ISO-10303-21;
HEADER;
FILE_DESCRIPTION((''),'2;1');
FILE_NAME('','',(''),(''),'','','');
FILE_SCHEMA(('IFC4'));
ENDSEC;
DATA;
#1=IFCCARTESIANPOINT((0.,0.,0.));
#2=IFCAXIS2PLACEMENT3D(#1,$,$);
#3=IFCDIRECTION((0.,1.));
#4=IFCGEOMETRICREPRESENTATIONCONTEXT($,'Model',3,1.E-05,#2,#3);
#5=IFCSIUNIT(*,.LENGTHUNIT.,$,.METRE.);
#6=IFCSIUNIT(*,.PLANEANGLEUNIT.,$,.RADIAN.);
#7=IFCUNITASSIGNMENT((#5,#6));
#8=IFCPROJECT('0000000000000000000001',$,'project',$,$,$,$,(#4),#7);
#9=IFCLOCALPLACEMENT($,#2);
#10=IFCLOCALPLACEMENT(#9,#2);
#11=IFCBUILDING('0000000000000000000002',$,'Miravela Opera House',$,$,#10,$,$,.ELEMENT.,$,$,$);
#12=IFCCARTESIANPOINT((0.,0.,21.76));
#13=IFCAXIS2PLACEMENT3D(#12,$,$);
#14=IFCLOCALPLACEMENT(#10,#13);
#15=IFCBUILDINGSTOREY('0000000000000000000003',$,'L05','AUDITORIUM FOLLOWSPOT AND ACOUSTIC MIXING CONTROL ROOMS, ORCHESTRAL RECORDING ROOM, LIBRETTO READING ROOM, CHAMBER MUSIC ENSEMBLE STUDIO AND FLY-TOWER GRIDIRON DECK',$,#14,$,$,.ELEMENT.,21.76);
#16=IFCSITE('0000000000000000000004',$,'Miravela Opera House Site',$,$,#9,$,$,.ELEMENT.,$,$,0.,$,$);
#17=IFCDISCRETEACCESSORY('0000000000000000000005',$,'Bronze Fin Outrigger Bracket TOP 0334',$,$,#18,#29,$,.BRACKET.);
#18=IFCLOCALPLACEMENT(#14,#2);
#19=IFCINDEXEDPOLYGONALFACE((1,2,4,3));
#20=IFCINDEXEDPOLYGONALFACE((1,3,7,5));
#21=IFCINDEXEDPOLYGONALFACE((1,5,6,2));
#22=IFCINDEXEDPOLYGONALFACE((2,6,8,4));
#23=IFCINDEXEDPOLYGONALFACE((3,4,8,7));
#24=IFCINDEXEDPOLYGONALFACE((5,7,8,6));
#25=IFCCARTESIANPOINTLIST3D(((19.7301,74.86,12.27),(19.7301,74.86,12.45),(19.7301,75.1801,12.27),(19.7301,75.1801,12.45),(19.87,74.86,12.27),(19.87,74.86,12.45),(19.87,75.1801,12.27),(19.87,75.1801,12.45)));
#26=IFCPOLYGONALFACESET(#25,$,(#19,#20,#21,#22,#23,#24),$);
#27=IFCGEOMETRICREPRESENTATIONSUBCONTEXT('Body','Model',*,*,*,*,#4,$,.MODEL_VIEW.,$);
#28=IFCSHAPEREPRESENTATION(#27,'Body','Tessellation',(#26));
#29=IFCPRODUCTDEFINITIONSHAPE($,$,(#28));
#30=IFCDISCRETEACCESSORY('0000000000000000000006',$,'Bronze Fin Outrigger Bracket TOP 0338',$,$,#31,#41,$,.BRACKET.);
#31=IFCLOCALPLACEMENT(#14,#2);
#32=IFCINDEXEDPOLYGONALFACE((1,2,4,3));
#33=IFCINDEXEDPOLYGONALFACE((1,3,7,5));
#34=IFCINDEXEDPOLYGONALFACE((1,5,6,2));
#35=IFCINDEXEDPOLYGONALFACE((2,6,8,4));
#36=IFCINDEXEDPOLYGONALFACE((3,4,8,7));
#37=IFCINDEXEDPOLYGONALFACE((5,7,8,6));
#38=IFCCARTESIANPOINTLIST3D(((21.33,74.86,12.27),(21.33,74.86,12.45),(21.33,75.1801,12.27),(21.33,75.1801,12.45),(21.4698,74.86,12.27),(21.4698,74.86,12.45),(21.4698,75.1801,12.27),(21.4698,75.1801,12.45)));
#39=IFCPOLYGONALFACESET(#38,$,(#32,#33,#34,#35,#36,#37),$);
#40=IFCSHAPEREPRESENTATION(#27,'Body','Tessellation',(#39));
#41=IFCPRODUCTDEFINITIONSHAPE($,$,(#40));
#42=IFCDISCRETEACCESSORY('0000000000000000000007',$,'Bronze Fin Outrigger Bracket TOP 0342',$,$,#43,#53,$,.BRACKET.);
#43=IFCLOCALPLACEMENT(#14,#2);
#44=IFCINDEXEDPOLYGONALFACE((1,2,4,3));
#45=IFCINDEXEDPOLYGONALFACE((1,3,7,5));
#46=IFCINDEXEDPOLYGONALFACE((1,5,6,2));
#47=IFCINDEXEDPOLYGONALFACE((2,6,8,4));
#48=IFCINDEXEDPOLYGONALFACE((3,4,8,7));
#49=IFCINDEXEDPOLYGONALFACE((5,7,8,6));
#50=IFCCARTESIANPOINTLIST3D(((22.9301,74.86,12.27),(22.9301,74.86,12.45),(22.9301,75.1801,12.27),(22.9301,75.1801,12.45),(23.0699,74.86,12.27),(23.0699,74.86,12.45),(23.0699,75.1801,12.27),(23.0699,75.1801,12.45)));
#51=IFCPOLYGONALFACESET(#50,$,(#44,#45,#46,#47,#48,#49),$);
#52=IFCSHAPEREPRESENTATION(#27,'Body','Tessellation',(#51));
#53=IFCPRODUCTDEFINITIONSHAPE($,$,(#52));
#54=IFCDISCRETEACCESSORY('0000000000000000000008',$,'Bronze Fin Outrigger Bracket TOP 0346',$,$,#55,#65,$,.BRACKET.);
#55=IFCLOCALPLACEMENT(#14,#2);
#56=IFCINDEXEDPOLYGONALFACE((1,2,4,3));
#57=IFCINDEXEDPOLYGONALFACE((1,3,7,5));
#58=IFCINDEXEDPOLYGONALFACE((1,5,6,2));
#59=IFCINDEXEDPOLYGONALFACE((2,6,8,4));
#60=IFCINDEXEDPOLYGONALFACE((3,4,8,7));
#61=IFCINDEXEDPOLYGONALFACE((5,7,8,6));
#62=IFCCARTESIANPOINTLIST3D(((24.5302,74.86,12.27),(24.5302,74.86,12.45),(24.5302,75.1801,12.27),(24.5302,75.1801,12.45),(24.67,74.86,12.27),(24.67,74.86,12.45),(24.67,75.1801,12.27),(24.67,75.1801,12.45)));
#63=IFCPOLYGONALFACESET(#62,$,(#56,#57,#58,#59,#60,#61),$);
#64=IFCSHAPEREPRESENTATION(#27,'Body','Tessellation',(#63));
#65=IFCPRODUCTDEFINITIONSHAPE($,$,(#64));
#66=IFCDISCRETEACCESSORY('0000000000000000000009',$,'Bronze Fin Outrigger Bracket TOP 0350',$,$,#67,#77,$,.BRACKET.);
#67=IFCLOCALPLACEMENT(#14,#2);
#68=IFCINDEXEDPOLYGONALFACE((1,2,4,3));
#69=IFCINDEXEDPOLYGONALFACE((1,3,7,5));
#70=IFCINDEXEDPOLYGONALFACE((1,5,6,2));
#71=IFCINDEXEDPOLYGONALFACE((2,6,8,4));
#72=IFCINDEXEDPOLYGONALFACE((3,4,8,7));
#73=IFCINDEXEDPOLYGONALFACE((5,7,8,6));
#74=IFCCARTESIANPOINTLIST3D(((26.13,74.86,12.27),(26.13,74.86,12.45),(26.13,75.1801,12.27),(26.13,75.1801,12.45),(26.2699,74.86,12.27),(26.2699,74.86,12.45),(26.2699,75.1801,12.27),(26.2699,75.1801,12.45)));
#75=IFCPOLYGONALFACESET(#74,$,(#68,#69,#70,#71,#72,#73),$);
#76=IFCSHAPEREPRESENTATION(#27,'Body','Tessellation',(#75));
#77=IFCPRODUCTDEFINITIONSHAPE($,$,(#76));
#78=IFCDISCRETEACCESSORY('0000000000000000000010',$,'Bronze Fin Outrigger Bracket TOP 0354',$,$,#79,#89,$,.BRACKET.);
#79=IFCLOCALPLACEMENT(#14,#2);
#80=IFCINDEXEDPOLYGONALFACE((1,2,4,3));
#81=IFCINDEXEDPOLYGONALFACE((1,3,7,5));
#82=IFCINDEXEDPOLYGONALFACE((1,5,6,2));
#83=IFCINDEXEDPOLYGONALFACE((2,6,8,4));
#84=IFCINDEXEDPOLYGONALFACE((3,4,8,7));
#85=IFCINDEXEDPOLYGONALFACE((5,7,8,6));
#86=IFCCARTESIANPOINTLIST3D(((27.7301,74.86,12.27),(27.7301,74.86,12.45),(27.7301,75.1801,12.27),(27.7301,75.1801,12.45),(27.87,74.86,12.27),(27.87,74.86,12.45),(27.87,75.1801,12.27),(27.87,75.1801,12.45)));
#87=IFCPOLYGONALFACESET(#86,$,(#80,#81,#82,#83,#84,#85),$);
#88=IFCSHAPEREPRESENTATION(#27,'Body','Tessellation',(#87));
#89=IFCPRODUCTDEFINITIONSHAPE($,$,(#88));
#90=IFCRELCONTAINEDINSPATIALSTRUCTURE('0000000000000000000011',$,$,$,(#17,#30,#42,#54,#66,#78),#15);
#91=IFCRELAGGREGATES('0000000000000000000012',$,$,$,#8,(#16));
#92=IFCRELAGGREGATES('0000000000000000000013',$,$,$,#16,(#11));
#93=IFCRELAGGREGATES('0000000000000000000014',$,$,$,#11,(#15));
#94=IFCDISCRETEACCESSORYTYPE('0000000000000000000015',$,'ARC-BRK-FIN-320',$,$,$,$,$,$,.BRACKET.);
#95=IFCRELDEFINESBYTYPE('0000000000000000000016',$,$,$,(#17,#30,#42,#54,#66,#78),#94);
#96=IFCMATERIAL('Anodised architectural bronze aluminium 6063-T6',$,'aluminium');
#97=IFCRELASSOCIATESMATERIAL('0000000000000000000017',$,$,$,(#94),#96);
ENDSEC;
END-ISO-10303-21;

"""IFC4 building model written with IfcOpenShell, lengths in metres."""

from ifc_helpers import new_model, si_unit, direction, frame, origin, origin_2d, place, context, subcontext, project, spatial, rectangle, extrude, material, type_object, element, save


model = new_model("IFC4")

# Units and contexts
model_context = context("Model", 3, precision=1e-05, world=origin(), true_north=direction((0.0, 1.0)))
body_context = subcontext(model_context, "Body", "Model", "MODEL_VIEW")
ifc_project = project(units=[si_unit("LENGTHUNIT", "METRE"), si_unit("PLANEANGLEUNIT", "RADIAN")], contexts=[model_context])

# Site, building, storey
site_placement = place(None, origin())
site = spatial("IfcSite", under=ifc_project, at=site_placement, Name="Miravela Opera House Site", CompositionType="ELEMENT", RefElevation=0.0)
building_placement = place(site_placement, origin())
building = spatial("IfcBuilding", under=site, at=building_placement, Name="Miravela Opera House", CompositionType="ELEMENT")
storey_placement = place(building_placement, frame((0.0, 0.0, 21.76)))
storey = spatial("IfcBuildingStorey", under=building, at=storey_placement, Name="L05", Description="AUDITORIUM FOLLOWSPOT AND ACOUSTIC MIXING CONTROL ROOMS, ORCHESTRAL RECORDING ROOM, LIBRETTO READING ROOM, CHAMBER MUSIC ENSEMBLE STUDIO AND FLY-TOWER GRIDIRON DECK", CompositionType="ELEMENT", Elevation=21.76)

# Shared definitions
ifc_material_1 = material(Name="Anodised architectural bronze aluminium 6063-T6", Category="aluminium")

# Discrete accessories
discrete_accessory_type = type_object("IfcDiscreteAccessoryType", Name="ARC-BRK-FIN-320", PredefinedType="BRACKET", material=ifc_material_1)
for number, where, z_axis, x_axis, name in (
    (1, (19.8, 75.02, 12.27), (0.0, 0.0, 1.0), (0.0, 1.0, 0.0), "Bronze Fin Outrigger Bracket TOP 0334"),
    (2, (21.3999, 75.02, 12.27), (0.0, 0.0, 1.0), (0.0, 1.0, 0.0), "Bronze Fin Outrigger Bracket TOP 0338"),
    (3, (23.0, 75.02, 12.27), (0.0, 0.0, 1.0), (0.0, 1.0, 0.0), "Bronze Fin Outrigger Bracket TOP 0342"),
    (4, (24.6001, 75.02, 12.27), (0.0, 0.0, 1.0), (0.0, 1.0, 0.0), "Bronze Fin Outrigger Bracket TOP 0346"),
    (5, (26.2, 75.02, 12.27), (0.0, 0.0, 1.0), (0.0, 1.0, 0.0), "Bronze Fin Outrigger Bracket TOP 0350"),
    (6, (27.8, 75.02, 12.27), (0.0, 0.0, 1.0), (0.0, 1.0, 0.0), "Bronze Fin Outrigger Bracket TOP 0354"),
):
    element("IfcDiscreteAccessory", number, at=place(storey_placement, frame(where, z_axis=z_axis, x_axis=x_axis)), inside=storey, type_object=discrete_accessory_type, Name=name, PredefinedType="BRACKET", context=body_context, shape_type="SweptSolid", body=[
        extrude(rectangle(XDim=0.3201, YDim=0.1399, at=origin_2d()), origin(), (0.0, 0.0, 1.0), 0.1799),
    ])

save(model, "model.ifc")
